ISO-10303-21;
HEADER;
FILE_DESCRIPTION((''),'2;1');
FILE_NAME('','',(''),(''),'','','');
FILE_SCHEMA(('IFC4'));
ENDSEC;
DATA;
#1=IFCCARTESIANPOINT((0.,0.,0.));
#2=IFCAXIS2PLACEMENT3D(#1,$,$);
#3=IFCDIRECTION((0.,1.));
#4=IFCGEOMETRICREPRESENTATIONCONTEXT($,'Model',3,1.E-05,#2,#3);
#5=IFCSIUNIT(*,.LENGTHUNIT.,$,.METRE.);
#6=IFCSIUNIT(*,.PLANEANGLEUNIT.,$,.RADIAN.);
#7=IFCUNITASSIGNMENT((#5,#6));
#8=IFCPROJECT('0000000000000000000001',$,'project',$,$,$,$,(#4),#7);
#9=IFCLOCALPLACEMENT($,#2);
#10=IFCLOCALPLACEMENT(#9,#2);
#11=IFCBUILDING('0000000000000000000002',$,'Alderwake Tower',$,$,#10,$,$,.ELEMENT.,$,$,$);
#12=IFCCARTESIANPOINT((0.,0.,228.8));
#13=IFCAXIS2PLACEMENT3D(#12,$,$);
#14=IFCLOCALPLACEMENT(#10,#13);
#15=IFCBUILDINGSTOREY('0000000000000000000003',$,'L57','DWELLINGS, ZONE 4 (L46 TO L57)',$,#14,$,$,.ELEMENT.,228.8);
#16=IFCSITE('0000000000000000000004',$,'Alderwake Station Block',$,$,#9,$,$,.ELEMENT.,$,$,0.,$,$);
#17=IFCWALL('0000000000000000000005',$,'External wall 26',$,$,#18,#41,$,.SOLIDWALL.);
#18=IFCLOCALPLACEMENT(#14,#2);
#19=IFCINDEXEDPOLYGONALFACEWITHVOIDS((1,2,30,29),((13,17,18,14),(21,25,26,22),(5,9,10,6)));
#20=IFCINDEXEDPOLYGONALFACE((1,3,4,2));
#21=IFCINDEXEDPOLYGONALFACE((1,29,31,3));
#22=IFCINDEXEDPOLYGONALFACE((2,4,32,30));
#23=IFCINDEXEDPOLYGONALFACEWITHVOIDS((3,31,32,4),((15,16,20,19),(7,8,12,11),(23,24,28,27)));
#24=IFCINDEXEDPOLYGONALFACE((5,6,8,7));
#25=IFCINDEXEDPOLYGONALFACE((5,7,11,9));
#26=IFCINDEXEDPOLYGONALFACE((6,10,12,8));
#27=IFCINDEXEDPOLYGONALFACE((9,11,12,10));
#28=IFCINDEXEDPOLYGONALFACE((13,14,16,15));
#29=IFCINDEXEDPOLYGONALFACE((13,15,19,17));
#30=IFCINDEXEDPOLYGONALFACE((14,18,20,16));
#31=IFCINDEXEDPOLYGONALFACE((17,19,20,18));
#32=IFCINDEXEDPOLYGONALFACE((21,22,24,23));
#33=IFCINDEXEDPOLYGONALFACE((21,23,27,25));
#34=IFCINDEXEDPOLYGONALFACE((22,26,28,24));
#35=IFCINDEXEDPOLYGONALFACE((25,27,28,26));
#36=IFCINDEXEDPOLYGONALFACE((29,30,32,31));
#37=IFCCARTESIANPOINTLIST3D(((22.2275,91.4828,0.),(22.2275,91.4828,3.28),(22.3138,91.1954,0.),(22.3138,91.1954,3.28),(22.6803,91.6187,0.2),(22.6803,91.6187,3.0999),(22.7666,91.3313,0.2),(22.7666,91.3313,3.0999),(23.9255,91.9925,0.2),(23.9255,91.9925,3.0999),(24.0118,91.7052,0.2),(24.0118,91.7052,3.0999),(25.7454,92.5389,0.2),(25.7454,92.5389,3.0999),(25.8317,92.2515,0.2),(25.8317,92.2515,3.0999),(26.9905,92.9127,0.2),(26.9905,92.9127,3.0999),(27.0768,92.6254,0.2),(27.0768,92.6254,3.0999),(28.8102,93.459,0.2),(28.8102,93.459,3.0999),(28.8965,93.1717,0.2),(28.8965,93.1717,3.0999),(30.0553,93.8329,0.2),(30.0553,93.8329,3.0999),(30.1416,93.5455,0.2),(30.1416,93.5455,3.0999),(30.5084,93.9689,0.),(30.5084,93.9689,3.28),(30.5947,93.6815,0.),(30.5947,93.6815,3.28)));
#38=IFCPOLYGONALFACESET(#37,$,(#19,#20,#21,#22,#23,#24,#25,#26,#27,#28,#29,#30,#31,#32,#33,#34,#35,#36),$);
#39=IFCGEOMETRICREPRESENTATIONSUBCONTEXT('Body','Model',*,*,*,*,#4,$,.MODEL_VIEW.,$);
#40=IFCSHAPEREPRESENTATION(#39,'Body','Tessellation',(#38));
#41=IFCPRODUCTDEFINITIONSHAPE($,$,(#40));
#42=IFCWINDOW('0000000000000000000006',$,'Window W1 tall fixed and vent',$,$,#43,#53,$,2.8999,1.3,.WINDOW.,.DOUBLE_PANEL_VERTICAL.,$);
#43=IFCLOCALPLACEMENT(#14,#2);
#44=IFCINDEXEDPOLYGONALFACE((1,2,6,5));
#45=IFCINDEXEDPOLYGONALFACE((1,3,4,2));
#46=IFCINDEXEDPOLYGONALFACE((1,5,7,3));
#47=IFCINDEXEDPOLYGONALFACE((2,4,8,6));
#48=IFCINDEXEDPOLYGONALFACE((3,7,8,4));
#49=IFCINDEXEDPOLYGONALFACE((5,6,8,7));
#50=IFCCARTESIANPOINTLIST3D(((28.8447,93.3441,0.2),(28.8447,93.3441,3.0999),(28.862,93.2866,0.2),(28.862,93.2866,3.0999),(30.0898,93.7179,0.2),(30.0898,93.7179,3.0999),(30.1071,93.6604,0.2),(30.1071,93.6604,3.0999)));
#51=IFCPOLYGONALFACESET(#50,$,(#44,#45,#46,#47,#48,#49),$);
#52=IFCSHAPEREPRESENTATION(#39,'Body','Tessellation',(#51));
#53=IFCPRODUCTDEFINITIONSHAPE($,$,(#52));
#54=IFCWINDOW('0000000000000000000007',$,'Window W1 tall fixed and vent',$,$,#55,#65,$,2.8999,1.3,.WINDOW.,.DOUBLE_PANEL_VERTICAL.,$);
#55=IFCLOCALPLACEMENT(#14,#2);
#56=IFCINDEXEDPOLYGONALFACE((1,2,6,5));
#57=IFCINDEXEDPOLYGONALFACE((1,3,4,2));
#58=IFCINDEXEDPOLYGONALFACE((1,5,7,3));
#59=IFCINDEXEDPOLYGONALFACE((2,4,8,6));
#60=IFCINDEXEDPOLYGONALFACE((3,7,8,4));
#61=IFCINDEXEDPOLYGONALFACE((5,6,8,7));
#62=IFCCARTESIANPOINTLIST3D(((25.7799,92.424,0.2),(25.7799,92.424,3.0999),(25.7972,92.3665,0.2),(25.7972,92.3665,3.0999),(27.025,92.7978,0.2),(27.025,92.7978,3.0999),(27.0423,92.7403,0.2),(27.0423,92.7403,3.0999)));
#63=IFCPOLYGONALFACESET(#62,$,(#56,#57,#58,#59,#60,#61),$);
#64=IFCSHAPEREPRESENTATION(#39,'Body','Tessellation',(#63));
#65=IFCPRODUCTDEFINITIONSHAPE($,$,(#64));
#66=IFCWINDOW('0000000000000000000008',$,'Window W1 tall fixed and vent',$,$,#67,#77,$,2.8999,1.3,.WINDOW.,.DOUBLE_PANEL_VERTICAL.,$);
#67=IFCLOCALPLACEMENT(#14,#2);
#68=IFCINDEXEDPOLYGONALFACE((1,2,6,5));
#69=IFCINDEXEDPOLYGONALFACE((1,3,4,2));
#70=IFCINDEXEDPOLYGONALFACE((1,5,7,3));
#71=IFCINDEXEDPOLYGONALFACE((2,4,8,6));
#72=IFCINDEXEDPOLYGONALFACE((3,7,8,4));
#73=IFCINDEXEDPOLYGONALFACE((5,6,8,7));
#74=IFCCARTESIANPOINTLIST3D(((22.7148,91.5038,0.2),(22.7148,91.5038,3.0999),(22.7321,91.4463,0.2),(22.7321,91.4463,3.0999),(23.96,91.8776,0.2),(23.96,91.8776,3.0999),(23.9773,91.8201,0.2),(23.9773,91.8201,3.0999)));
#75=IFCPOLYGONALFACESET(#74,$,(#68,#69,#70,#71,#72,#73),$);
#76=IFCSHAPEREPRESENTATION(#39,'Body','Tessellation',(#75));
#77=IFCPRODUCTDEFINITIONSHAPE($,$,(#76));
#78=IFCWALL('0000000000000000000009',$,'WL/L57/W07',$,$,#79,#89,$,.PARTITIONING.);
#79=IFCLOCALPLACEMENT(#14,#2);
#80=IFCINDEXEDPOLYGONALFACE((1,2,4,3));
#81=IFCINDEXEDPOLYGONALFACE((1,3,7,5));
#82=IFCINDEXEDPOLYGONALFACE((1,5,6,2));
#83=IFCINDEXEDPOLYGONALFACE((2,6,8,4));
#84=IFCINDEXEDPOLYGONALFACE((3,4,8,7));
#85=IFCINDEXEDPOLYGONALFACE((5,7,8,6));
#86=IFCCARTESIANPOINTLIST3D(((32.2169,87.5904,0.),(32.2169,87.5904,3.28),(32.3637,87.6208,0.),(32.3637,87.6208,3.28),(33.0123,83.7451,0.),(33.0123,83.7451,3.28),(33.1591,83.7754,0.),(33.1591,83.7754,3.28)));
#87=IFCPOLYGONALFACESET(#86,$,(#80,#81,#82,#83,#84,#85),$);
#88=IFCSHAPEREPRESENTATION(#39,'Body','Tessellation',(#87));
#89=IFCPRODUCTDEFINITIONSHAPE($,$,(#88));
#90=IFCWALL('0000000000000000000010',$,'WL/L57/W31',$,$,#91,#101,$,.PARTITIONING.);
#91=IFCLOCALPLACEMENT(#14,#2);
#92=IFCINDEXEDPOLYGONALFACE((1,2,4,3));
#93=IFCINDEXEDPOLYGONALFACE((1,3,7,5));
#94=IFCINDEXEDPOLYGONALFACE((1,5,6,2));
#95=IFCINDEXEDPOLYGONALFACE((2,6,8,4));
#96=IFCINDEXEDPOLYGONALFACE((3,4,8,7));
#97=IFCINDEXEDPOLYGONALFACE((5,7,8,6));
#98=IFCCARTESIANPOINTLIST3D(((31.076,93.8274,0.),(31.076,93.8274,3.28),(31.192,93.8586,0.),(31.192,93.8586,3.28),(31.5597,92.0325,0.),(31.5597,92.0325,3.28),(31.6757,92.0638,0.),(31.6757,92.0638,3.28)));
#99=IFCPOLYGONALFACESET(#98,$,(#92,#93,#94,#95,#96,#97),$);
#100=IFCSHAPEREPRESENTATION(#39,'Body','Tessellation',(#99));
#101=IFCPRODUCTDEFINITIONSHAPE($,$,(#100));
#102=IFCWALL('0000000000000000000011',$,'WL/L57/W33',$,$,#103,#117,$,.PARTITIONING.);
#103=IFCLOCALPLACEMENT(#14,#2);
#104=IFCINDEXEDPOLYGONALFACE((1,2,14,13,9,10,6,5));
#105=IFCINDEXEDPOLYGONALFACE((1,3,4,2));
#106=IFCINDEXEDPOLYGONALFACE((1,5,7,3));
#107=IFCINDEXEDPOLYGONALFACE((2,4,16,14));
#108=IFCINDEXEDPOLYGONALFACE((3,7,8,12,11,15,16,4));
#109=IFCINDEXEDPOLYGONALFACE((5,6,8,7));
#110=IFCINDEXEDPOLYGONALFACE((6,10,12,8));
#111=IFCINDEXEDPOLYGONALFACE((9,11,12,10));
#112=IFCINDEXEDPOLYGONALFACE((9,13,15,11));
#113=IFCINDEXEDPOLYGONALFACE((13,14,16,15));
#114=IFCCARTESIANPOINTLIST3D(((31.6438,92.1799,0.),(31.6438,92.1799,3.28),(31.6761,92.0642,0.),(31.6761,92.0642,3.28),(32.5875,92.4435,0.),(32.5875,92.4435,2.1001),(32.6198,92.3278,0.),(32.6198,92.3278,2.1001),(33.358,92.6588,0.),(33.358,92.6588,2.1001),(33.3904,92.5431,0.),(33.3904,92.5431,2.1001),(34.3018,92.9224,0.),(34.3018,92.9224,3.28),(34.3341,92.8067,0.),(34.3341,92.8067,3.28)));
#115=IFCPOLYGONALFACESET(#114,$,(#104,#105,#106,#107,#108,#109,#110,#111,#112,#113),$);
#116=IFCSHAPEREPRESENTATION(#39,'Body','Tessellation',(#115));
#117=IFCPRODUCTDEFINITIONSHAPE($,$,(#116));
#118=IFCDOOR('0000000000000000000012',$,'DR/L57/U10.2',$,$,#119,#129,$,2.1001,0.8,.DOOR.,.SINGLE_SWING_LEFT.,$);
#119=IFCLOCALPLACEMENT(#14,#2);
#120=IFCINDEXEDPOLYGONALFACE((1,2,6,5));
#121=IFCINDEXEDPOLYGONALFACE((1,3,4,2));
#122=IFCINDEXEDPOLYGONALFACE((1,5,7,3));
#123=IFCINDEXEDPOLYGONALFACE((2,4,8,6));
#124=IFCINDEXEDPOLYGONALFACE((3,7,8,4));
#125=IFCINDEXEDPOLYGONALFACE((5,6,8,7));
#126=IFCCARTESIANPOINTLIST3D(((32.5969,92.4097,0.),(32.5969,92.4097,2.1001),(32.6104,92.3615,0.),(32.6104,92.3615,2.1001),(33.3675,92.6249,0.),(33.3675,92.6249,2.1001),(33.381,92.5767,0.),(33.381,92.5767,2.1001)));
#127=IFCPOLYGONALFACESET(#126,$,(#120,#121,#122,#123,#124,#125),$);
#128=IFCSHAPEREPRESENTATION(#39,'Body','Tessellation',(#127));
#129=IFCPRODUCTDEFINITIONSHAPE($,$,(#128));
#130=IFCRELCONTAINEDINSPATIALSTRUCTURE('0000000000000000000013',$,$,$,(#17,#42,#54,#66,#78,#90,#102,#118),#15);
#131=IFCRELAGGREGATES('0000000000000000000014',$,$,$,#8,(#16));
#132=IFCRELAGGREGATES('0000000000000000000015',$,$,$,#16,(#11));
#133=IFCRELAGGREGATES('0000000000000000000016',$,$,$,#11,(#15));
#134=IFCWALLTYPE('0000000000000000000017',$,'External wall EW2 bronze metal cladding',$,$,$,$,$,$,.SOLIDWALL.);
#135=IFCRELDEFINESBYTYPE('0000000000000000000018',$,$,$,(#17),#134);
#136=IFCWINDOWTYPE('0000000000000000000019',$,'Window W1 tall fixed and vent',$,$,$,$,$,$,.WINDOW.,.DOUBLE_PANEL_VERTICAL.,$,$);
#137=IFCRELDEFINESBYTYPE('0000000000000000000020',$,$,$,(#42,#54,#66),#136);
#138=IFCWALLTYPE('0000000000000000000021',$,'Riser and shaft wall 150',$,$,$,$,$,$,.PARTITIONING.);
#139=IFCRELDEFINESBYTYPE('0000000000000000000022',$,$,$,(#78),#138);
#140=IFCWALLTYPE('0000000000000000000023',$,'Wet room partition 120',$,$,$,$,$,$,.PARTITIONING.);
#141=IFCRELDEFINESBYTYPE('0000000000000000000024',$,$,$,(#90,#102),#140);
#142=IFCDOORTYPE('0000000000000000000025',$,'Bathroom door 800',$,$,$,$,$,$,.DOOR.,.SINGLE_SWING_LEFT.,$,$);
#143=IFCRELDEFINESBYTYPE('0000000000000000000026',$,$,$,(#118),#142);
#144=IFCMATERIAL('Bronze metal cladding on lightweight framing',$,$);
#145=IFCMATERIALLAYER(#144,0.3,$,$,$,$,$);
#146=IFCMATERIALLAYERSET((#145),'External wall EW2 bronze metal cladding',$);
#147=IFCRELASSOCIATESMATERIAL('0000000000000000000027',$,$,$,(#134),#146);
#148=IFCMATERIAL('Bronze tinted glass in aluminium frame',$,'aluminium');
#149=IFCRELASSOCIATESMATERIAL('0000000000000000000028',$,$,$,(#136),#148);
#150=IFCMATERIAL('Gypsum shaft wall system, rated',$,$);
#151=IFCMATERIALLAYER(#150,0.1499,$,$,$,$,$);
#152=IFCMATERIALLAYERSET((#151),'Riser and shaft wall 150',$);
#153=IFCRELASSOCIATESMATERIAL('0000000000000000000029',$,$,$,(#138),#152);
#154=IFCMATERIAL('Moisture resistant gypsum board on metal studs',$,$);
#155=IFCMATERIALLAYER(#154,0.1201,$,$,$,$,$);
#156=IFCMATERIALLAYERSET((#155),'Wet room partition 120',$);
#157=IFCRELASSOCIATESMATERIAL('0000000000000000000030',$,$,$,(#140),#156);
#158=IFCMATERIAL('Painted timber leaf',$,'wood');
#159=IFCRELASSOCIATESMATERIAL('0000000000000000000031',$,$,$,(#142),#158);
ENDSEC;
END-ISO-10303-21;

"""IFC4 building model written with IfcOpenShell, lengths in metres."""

from ifc_helpers import new_model, si_unit, direction, frame, frame_2d, origin, place, context, subcontext, project, spatial, rectangle, extrude, material, layer, layer_set, type_object, element, fill, save


model = new_model("IFC4")

# Units and contexts
model_context = context("Model", 3, precision=1e-05, world=origin(), true_north=direction((0.0, 1.0)))
body_context = subcontext(model_context, "Body", "Model", "MODEL_VIEW")
ifc_project = project(units=[si_unit("LENGTHUNIT", "METRE"), si_unit("PLANEANGLEUNIT", "RADIAN")], contexts=[model_context])

# Site, building, storey
site_placement = place(None, origin())
site = spatial("IfcSite", under=ifc_project, at=site_placement, Name="Alderwake Station Block", CompositionType="ELEMENT", RefElevation=0.0)
building_placement = place(site_placement, origin())
building = spatial("IfcBuilding", under=site, at=building_placement, Name="Alderwake Tower", CompositionType="ELEMENT")
storey_placement = place(building_placement, frame((0.0, 0.0, 228.8)))
storey = spatial("IfcBuildingStorey", under=building, at=storey_placement, Name="L57", Description="DWELLINGS, ZONE 4 (L46 TO L57)", CompositionType="ELEMENT", Elevation=228.8)

# Wall, openings, windows
ifc_material_1 = material(Name="Bronze metal cladding on lightweight framing")
ifc_layer_1 = layer(ifc_material_1, 0.3)
ifc_layer_set_1 = layer_set([ifc_layer_1], Name="External wall EW2 bronze metal cladding")
wall_type_1 = type_object("IfcWallType", Name="External wall EW2 bronze metal cladding", PredefinedType="SOLIDWALL", material=ifc_layer_set_1)
ifc_material_2 = material(Name="Bronze tinted glass in aluminium frame", Category="aluminium")
window_type_1 = type_object("IfcWindowType", Name="Window W1 tall fixed and vent", PartitioningType="DOUBLE_PANEL_VERTICAL", PredefinedType="WINDOW", material=ifc_material_2)
wall_1_placement = place(storey_placement, frame((30.5515, 93.8252, 0.0), z_axis=(0.0, 0.0, 1.0), x_axis=(-0.957767, -0.287545, 0.0)))
wall_1 = element("IfcWall", 1, at=wall_1_placement, inside=storey, type_object=wall_type_1, Name="External wall 26", PredefinedType="SOLIDWALL", context=body_context, shape_type="SweptSolid", body=[
    extrude(rectangle(XDim=8.646, YDim=0.3, at=frame_2d((4.323, 0.0))), origin(), (0.0, 0.0, 1.0), 3.28),
])
opening_1_placement = place(wall_1_placement, frame((0.4731, 0.0, 0.2)))
opening_1 = element("IfcOpeningElement", 2, at=opening_1_placement, cuts=wall_1, PredefinedType="OPENING", context=body_context, shape_type="SweptSolid", body=[
    extrude(rectangle(XDim=1.3, YDim=2.8999, at=frame_2d((0.6499, 1.45))), frame((0.0, 0.1599, 0.0), z_axis=(0.0, -1.0, 0.0), x_axis=(1.0, 0.0, 0.0)), (0.0, 0.0, 1.0), 0.3201),
])
opening_2_placement = place(wall_1_placement, frame((3.6731, 0.0, 0.2)))
opening_2 = element("IfcOpeningElement", 3, at=opening_2_placement, cuts=wall_1, PredefinedType="OPENING", context=body_context, shape_type="SweptSolid", body=[
    extrude(rectangle(XDim=1.3, YDim=2.8999, at=frame_2d((0.6499, 1.45))), frame((0.0, 0.1599, 0.0), z_axis=(0.0, -1.0, 0.0), x_axis=(1.0, 0.0, 0.0)), (0.0, 0.0, 1.0), 0.3201),
])
opening_3_placement = place(wall_1_placement, frame((6.8733, 0.0, 0.2)))
opening_3 = element("IfcOpeningElement", 4, at=opening_3_placement, cuts=wall_1, PredefinedType="OPENING", context=body_context, shape_type="SweptSolid", body=[
    extrude(rectangle(XDim=1.3, YDim=2.8999, at=frame_2d((0.6499, 1.45))), frame((0.0, 0.1599, 0.0), z_axis=(0.0, -1.0, 0.0), x_axis=(1.0, 0.0, 0.0)), (0.0, 0.0, 1.0), 0.3201),
])
window_1_placement = place(opening_1_placement, origin())
window_1 = element("IfcWindow", 5, at=window_1_placement, inside=storey, type_object=window_type_1, Name="Window W1 tall fixed and vent", OverallHeight=2.8999, OverallWidth=1.3, PartitioningType="DOUBLE_PANEL_VERTICAL", PredefinedType="WINDOW", context=body_context, shape_type="SweptSolid", body=[
    extrude(rectangle(XDim=1.3, YDim=2.8999, at=frame_2d((0.6499, 1.45))), frame((0.0, 0.03, 0.0), z_axis=(0.0, -1.0, 0.0), x_axis=(1.0, 0.0, 0.0)), (0.0, 0.0, 1.0), 0.0601),
])
fill(opening_1, window_1)
window_2_placement = place(opening_2_placement, origin())
window_2 = element("IfcWindow", 6, at=window_2_placement, inside=storey, type_object=window_type_1, Name="Window W1 tall fixed and vent", OverallHeight=2.8999, OverallWidth=1.3, PartitioningType="DOUBLE_PANEL_VERTICAL", PredefinedType="WINDOW", context=body_context, shape_type="SweptSolid", body=[
    extrude(rectangle(XDim=1.3, YDim=2.8999, at=frame_2d((0.6499, 1.45))), frame((0.0, 0.03, 0.0), z_axis=(0.0, -1.0, 0.0), x_axis=(1.0, 0.0, 0.0)), (0.0, 0.0, 1.0), 0.0601),
])
fill(opening_2, window_2)
window_3_placement = place(opening_3_placement, origin())
window_3 = element("IfcWindow", 7, at=window_3_placement, inside=storey, type_object=window_type_1, Name="Window W1 tall fixed and vent", OverallHeight=2.8999, OverallWidth=1.3, PartitioningType="DOUBLE_PANEL_VERTICAL", PredefinedType="WINDOW", context=body_context, shape_type="SweptSolid", body=[
    extrude(rectangle(XDim=1.3, YDim=2.8999, at=frame_2d((0.6499, 1.45))), frame((0.0, 0.03, 0.0), z_axis=(0.0, -1.0, 0.0), x_axis=(1.0, 0.0, 0.0)), (0.0, 0.0, 1.0), 0.0601),
])
fill(opening_3, window_3)

# Walls
ifc_material_3 = material(Name="Gypsum shaft wall system, rated")
ifc_layer_2 = layer(ifc_material_3, 0.1499)
ifc_layer_set_2 = layer_set([ifc_layer_2], Name="Riser and shaft wall 150")
wall_type_2 = type_object("IfcWallType", Name="Riser and shaft wall 150", PredefinedType="PARTITIONING", material=ifc_layer_set_2)
wall_2_placement = place(storey_placement, frame((33.0857, 83.7603, 0.0), z_axis=(0.0, 0.0, 1.0), x_axis=(-0.202556, 0.979271, 0.0)))
element("IfcWall", 8, at=wall_2_placement, inside=storey, type_object=wall_type_2, Name="WL/L57/W07", PredefinedType="PARTITIONING", context=body_context, shape_type="SweptSolid", body=[
    extrude(rectangle(XDim=3.9268, YDim=0.1499, at=frame_2d((1.9634, 0.0))), origin(), (0.0, 0.0, 1.0), 3.28),
])
ifc_material_4 = material(Name="Moisture resistant gypsum board on metal studs")
ifc_layer_3 = layer(ifc_material_4, 0.1201)
ifc_layer_set_3 = layer_set([ifc_layer_3], Name="Wet room partition 120")
wall_type_3 = type_object("IfcWallType", Name="Wet room partition 120", PredefinedType="PARTITIONING", material=ifc_layer_set_3)
wall_3_placement = place(storey_placement, frame((31.134, 93.843, 0.0), z_axis=(0.0, 0.0, 1.0), x_axis=(0.260171, -0.965562, 0.0)))
element("IfcWall", 9, at=wall_3_placement, inside=storey, type_object=wall_type_3, Name="WL/L57/W31", PredefinedType="PARTITIONING", context=body_context, shape_type="SweptSolid", body=[
    extrude(rectangle(XDim=1.8589, YDim=0.1201, at=frame_2d((0.9294, 0.0))), origin(), (0.0, 0.0, 1.0), 3.28),
])

# Wall, opening, door
wall_4_placement = place(storey_placement, frame((31.6599, 92.1221, 0.0), z_axis=(0.0, 0.0, 1.0), x_axis=(0.963133, 0.269026, 0.0)))
wall_4 = element("IfcWall", 10, at=wall_4_placement, inside=storey, type_object=wall_type_3, Name="WL/L57/W33", PredefinedType="PARTITIONING", context=body_context, shape_type="SweptSolid", body=[
    extrude(rectangle(XDim=2.7598, YDim=0.1201, at=frame_2d((1.3799, 0.0))), origin(), (0.0, 0.0, 1.0), 3.28),
])
opening_4_placement = place(wall_4_placement, frame((0.98, 0.0, 0.0)))
opening_4 = element("IfcOpeningElement", 11, at=opening_4_placement, cuts=wall_4, PredefinedType="OPENING", context=body_context, shape_type="SweptSolid", body=[
    extrude(rectangle(XDim=0.8, YDim=2.1001, at=frame_2d((0.3999, 1.05))), frame((0.0, 0.0701, 0.0), z_axis=(0.0, -1.0, 0.0), x_axis=(1.0, 0.0, 0.0)), (0.0, 0.0, 1.0), 0.1401),
])
ifc_material_5 = material(Name="Painted timber leaf", Category="wood")
door_type_1 = type_object("IfcDoorType", Name="Bathroom door 800", OperationType="SINGLE_SWING_LEFT", PredefinedType="DOOR", material=ifc_material_5)
door_1_placement = place(opening_4_placement, origin())
door_1 = element("IfcDoor", 12, at=door_1_placement, inside=storey, type_object=door_type_1, Name="DR/L57/U10.2", OperationType="SINGLE_SWING_LEFT", OverallHeight=2.1001, OverallWidth=0.8, PredefinedType="DOOR", context=body_context, shape_type="SweptSolid", body=[
    extrude(rectangle(XDim=0.8, YDim=2.1001, at=frame_2d((0.3999, 1.05))), frame((0.0, 0.0249, 0.0), z_axis=(0.0, -1.0, 0.0), x_axis=(1.0, 0.0, 0.0)), (0.0, 0.0, 1.0), 0.05),
])
fill(opening_4, door_1)

save(model, "model.ifc")
